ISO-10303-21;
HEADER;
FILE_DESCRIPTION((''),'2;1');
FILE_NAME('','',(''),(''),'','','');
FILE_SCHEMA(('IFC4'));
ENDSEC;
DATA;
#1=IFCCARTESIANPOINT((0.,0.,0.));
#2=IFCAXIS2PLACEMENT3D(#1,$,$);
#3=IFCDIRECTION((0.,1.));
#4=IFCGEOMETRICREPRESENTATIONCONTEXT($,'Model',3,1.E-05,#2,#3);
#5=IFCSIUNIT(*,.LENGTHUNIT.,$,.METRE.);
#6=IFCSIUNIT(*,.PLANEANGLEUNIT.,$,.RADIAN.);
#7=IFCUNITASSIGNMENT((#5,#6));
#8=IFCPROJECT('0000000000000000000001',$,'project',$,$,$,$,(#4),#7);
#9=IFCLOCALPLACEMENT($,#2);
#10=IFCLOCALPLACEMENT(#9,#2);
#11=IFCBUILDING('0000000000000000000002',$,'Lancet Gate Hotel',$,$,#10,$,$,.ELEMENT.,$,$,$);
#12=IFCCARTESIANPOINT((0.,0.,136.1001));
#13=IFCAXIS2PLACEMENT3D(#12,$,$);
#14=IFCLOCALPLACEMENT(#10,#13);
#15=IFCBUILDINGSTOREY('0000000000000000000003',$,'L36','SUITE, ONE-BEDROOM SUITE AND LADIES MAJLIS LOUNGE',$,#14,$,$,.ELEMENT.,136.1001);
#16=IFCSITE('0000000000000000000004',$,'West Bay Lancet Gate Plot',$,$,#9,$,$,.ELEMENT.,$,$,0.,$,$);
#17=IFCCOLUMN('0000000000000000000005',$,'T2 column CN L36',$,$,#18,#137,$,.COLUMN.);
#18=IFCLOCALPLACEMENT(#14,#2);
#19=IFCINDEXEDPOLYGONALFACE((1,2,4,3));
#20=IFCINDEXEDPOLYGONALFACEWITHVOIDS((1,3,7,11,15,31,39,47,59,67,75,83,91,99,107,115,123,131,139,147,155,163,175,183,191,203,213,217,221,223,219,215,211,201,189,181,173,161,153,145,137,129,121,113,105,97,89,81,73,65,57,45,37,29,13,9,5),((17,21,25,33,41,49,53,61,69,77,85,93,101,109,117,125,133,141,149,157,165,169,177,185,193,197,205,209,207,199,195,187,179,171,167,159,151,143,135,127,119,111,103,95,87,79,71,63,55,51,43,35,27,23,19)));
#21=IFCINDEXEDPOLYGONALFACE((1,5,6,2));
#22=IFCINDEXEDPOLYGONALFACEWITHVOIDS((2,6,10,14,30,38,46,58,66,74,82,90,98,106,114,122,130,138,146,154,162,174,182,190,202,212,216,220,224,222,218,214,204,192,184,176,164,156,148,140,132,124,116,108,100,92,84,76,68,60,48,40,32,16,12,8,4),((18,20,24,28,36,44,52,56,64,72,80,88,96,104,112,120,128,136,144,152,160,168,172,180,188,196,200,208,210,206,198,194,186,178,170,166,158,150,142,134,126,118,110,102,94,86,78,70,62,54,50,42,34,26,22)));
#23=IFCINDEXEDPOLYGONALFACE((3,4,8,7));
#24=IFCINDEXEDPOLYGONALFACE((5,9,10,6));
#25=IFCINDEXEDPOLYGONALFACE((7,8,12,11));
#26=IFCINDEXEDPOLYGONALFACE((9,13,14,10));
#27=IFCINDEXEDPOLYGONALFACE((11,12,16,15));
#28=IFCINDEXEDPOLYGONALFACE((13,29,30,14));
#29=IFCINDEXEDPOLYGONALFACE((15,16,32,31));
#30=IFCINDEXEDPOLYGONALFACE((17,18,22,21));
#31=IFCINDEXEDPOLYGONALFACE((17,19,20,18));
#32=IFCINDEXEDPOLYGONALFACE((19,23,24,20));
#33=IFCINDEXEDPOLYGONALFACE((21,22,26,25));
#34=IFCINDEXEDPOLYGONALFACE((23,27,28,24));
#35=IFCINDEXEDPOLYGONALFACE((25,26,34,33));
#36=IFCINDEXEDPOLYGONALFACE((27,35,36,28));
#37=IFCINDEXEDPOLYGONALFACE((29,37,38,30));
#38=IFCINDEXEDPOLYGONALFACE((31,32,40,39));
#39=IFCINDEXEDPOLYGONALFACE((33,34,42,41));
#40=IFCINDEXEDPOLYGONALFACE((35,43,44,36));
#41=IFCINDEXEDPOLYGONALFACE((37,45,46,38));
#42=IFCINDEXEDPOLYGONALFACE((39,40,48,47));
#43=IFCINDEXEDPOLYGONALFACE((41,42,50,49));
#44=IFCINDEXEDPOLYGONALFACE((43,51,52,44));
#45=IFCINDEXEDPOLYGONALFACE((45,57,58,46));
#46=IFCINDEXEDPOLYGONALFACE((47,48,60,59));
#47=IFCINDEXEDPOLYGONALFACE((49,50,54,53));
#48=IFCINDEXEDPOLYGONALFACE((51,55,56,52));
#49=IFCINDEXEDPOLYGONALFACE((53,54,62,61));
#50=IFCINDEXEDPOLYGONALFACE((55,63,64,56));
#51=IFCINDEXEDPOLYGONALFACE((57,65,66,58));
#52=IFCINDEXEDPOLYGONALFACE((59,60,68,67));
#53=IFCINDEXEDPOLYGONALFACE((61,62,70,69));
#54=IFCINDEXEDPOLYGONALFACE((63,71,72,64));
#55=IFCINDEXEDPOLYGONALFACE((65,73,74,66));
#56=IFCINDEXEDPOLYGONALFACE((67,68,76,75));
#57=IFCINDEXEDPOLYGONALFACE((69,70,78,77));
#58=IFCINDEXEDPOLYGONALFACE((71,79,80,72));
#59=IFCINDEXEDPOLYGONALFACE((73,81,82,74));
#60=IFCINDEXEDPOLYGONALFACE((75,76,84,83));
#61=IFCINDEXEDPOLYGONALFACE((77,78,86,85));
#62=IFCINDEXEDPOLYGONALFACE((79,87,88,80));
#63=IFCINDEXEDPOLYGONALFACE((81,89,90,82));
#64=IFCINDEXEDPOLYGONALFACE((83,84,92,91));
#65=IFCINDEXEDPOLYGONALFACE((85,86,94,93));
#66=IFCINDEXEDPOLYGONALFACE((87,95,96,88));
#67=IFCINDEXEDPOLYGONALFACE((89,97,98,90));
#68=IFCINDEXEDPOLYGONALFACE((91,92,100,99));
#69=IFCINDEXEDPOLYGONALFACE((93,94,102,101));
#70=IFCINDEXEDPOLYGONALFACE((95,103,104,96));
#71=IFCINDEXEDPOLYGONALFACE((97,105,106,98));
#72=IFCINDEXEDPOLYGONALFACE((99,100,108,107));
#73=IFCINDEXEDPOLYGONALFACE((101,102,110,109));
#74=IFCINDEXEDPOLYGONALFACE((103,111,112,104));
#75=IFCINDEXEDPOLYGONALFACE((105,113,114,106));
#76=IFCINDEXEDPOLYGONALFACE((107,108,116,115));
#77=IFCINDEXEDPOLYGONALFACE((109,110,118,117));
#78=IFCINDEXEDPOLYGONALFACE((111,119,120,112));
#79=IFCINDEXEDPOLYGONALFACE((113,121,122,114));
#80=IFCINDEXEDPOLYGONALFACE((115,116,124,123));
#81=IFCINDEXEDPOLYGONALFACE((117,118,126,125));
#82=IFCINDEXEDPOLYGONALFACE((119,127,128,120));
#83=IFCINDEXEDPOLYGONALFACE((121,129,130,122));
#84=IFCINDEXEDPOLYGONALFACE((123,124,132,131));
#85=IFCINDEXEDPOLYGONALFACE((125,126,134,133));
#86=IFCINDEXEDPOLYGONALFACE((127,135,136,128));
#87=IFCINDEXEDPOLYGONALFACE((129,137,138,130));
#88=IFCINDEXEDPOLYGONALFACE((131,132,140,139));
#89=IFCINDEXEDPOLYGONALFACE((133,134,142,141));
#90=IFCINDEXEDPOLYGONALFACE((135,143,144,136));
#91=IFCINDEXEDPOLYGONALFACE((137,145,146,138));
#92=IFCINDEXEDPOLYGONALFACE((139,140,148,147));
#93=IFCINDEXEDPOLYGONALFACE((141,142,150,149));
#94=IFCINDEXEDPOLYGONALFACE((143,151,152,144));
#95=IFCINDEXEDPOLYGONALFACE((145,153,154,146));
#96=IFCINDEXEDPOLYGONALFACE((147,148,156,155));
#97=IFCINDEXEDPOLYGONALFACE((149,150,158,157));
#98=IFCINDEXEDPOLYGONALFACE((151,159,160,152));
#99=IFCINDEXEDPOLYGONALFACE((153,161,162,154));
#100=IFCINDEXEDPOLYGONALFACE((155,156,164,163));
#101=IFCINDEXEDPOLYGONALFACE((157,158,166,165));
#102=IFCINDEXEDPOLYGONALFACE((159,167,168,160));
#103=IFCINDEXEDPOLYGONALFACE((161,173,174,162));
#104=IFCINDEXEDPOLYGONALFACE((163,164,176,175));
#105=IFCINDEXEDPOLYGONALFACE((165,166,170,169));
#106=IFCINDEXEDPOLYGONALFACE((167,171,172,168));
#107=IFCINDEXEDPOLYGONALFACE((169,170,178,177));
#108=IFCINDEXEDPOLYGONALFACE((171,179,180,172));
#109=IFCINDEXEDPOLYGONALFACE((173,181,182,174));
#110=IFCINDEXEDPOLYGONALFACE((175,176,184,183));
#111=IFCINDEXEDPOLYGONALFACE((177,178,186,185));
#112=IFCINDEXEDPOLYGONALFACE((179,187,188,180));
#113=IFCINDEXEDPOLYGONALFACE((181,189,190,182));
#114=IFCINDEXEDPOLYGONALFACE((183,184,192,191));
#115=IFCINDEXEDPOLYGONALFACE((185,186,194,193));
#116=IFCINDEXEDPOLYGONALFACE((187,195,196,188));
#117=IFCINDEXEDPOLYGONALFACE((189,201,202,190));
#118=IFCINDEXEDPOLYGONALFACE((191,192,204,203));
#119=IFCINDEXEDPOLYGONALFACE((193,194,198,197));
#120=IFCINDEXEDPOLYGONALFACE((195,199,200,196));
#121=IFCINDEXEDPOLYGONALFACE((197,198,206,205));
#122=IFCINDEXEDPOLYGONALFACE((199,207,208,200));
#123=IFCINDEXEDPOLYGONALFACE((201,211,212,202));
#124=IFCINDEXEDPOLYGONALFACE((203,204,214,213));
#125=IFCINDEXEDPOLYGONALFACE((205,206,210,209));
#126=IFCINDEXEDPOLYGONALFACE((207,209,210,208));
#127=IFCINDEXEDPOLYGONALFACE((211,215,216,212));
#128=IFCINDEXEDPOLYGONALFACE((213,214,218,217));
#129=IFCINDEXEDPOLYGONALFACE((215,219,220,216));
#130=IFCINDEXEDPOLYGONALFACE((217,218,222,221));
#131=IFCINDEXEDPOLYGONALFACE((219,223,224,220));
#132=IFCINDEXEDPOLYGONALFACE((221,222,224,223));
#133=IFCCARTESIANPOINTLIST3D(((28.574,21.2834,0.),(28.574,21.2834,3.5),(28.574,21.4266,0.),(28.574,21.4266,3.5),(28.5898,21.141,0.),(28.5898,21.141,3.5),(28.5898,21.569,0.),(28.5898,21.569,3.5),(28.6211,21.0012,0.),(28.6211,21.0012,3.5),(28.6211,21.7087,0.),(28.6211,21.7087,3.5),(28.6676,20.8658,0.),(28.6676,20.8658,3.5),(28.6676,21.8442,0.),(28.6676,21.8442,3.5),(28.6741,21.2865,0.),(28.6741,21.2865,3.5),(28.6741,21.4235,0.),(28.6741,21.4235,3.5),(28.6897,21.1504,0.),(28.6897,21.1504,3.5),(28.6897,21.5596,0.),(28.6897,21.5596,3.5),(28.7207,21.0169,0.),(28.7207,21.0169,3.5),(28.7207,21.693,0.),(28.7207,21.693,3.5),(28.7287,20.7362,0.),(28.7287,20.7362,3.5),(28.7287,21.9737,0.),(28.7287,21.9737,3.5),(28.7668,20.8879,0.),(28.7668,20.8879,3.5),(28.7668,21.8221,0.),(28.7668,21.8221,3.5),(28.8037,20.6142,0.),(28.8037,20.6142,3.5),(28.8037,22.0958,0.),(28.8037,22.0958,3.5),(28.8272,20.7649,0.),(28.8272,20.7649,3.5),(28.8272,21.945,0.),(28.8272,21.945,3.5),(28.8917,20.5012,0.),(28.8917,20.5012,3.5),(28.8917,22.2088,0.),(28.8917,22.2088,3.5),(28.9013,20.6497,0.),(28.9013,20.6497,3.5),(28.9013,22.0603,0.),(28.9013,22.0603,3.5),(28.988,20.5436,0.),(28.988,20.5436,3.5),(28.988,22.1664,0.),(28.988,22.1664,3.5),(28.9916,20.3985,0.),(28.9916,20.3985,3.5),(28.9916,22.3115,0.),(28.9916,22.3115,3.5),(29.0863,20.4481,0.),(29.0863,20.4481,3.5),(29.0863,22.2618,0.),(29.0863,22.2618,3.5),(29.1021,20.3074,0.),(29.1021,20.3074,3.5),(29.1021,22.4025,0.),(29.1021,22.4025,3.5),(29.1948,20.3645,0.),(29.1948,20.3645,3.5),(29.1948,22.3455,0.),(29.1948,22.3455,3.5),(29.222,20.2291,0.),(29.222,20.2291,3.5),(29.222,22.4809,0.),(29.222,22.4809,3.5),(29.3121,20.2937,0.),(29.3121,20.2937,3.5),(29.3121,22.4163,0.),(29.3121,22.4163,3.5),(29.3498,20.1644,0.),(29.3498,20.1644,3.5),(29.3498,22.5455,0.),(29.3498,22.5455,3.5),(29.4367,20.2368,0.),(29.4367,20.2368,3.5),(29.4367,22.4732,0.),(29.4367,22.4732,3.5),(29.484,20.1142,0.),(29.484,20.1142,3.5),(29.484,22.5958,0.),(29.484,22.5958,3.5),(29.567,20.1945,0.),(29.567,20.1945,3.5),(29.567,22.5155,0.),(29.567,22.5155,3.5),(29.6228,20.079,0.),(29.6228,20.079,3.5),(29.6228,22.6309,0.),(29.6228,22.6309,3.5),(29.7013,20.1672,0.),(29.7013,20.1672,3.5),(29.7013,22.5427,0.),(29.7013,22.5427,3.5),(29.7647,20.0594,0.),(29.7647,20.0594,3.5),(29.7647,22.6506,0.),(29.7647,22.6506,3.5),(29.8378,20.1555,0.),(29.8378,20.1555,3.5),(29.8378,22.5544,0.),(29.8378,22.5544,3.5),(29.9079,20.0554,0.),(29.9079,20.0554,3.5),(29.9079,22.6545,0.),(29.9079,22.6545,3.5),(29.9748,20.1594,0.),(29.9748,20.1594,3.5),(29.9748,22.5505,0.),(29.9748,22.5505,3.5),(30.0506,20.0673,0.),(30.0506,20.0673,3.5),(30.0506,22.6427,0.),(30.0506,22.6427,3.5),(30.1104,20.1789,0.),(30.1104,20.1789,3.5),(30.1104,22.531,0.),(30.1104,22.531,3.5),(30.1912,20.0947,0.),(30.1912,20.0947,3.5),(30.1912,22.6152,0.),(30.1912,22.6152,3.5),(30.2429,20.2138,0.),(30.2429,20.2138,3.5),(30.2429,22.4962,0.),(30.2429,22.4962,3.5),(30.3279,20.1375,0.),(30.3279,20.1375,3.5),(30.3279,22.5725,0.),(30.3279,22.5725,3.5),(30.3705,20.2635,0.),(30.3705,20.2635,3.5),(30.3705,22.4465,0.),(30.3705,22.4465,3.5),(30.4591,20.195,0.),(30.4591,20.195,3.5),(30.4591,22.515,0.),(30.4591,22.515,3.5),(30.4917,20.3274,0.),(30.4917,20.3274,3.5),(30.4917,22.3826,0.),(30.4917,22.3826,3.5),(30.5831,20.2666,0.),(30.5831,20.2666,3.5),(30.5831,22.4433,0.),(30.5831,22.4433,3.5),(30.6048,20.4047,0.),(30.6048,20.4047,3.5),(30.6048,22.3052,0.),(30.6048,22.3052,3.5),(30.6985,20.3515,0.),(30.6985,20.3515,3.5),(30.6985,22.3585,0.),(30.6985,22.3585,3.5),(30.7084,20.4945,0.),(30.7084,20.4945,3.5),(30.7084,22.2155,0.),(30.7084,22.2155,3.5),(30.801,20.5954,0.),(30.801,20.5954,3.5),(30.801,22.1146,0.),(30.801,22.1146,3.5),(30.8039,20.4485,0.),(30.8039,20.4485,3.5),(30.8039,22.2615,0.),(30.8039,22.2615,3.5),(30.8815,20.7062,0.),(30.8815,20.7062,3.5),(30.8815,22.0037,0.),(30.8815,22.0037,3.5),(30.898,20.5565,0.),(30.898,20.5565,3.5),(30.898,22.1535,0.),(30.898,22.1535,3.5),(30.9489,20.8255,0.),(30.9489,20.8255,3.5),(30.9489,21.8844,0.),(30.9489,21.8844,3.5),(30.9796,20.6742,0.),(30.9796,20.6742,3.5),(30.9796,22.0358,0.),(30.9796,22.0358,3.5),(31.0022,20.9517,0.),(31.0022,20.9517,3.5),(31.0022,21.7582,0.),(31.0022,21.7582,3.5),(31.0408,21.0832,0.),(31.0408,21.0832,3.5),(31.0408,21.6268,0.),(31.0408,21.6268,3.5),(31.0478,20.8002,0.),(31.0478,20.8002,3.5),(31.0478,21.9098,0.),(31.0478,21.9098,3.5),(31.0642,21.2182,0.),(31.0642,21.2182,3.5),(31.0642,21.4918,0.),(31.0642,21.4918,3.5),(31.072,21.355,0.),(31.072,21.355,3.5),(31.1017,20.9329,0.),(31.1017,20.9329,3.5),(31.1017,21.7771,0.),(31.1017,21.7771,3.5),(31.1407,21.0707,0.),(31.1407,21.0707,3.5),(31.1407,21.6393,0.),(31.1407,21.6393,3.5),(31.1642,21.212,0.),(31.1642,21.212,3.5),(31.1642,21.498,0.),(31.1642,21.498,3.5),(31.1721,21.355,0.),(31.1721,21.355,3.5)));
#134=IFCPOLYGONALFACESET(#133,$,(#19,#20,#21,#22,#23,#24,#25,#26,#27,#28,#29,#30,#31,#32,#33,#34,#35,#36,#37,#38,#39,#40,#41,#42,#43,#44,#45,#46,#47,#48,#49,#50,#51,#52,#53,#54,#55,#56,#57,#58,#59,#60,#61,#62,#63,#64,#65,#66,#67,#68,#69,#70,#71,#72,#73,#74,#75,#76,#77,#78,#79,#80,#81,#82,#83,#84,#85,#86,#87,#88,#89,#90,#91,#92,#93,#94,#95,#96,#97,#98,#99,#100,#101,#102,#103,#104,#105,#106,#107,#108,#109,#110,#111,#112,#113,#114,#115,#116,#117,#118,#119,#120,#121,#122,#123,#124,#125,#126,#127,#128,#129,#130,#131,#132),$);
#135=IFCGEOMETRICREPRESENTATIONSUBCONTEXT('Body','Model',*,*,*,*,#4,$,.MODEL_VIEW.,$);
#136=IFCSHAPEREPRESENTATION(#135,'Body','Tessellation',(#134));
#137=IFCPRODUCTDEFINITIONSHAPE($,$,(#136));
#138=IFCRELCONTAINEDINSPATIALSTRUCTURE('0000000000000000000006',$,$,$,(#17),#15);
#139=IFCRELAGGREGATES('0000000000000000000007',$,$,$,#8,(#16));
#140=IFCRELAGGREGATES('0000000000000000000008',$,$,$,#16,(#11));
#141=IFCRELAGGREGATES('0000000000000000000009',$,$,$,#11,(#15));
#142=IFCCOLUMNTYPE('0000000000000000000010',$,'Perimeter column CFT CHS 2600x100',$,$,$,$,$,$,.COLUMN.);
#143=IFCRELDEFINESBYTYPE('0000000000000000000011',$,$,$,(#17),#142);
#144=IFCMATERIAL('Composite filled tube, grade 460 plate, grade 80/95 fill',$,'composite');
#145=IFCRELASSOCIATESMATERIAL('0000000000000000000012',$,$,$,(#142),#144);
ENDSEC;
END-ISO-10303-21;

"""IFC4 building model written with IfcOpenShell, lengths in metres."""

from ifc_helpers import new_model, si_unit, direction, frame, origin, origin_2d, place, context, subcontext, project, spatial, hollow_circle, extrude, material, material_profile, profile_set, type_object, element, save


model = new_model("IFC4")

# Units and contexts
model_context = context("Model", 3, precision=1e-05, world=origin(), true_north=direction((0.0, 1.0)))
body_context = subcontext(model_context, "Body", "Model", "MODEL_VIEW")
ifc_project = project(units=[si_unit("LENGTHUNIT", "METRE"), si_unit("PLANEANGLEUNIT", "RADIAN")], contexts=[model_context])

# Site, building, storey
site_placement = place(None, origin())
site = spatial("IfcSite", under=ifc_project, at=site_placement, Name="West Bay Lancet Gate Plot", CompositionType="ELEMENT", RefElevation=0.0)
building_placement = place(site_placement, origin())
building = spatial("IfcBuilding", under=site, at=building_placement, Name="Lancet Gate Hotel", CompositionType="ELEMENT")
storey_placement = place(building_placement, frame((0.0, 0.0, 136.1001)))
storey = spatial("IfcBuildingStorey", under=building, at=storey_placement, Name="L36", Description="SUITE, ONE-BEDROOM SUITE AND LADIES MAJLIS LOUNGE", CompositionType="ELEMENT", Elevation=136.1001)

# Column
ifc_material_1 = material(Name="Composite filled tube, grade 460 plate, grade 80/95 fill", Category="composite")
ifc_material_profile_1 = material_profile(ifc_material_1, hollow_circle(Radius=1.3, WallThickness=0.1001, at=origin_2d()), Name="CHS 2600x100")
ifc_profile_set_1 = profile_set([ifc_material_profile_1], Name="Composite filled tube, grade 460 plate, grade 80/95 fill")
column_type = type_object("IfcColumnType", Name="Perimeter column CFT CHS 2600x100", PredefinedType="COLUMN", material=ifc_profile_set_1)
for number, where, z_axis, x_axis, name in (
    (1, (29.8721, 21.355, 0.0), (0.0, 0.0, 1.0), (1.0, 0.0, 0.0), "T2 column CN L36"),
):
    element("IfcColumn", number, at=place(storey_placement, frame(where, z_axis=z_axis, x_axis=x_axis)), inside=storey, type_object=column_type, Name=name, PredefinedType="COLUMN", context=body_context, shape_type="SweptSolid", body=[
        extrude(hollow_circle(Radius=1.3, WallThickness=0.1001, at=origin_2d()), origin(), (0.0, 0.0, 1.0), 3.5),
    ])

save(model, "model.ifc")
